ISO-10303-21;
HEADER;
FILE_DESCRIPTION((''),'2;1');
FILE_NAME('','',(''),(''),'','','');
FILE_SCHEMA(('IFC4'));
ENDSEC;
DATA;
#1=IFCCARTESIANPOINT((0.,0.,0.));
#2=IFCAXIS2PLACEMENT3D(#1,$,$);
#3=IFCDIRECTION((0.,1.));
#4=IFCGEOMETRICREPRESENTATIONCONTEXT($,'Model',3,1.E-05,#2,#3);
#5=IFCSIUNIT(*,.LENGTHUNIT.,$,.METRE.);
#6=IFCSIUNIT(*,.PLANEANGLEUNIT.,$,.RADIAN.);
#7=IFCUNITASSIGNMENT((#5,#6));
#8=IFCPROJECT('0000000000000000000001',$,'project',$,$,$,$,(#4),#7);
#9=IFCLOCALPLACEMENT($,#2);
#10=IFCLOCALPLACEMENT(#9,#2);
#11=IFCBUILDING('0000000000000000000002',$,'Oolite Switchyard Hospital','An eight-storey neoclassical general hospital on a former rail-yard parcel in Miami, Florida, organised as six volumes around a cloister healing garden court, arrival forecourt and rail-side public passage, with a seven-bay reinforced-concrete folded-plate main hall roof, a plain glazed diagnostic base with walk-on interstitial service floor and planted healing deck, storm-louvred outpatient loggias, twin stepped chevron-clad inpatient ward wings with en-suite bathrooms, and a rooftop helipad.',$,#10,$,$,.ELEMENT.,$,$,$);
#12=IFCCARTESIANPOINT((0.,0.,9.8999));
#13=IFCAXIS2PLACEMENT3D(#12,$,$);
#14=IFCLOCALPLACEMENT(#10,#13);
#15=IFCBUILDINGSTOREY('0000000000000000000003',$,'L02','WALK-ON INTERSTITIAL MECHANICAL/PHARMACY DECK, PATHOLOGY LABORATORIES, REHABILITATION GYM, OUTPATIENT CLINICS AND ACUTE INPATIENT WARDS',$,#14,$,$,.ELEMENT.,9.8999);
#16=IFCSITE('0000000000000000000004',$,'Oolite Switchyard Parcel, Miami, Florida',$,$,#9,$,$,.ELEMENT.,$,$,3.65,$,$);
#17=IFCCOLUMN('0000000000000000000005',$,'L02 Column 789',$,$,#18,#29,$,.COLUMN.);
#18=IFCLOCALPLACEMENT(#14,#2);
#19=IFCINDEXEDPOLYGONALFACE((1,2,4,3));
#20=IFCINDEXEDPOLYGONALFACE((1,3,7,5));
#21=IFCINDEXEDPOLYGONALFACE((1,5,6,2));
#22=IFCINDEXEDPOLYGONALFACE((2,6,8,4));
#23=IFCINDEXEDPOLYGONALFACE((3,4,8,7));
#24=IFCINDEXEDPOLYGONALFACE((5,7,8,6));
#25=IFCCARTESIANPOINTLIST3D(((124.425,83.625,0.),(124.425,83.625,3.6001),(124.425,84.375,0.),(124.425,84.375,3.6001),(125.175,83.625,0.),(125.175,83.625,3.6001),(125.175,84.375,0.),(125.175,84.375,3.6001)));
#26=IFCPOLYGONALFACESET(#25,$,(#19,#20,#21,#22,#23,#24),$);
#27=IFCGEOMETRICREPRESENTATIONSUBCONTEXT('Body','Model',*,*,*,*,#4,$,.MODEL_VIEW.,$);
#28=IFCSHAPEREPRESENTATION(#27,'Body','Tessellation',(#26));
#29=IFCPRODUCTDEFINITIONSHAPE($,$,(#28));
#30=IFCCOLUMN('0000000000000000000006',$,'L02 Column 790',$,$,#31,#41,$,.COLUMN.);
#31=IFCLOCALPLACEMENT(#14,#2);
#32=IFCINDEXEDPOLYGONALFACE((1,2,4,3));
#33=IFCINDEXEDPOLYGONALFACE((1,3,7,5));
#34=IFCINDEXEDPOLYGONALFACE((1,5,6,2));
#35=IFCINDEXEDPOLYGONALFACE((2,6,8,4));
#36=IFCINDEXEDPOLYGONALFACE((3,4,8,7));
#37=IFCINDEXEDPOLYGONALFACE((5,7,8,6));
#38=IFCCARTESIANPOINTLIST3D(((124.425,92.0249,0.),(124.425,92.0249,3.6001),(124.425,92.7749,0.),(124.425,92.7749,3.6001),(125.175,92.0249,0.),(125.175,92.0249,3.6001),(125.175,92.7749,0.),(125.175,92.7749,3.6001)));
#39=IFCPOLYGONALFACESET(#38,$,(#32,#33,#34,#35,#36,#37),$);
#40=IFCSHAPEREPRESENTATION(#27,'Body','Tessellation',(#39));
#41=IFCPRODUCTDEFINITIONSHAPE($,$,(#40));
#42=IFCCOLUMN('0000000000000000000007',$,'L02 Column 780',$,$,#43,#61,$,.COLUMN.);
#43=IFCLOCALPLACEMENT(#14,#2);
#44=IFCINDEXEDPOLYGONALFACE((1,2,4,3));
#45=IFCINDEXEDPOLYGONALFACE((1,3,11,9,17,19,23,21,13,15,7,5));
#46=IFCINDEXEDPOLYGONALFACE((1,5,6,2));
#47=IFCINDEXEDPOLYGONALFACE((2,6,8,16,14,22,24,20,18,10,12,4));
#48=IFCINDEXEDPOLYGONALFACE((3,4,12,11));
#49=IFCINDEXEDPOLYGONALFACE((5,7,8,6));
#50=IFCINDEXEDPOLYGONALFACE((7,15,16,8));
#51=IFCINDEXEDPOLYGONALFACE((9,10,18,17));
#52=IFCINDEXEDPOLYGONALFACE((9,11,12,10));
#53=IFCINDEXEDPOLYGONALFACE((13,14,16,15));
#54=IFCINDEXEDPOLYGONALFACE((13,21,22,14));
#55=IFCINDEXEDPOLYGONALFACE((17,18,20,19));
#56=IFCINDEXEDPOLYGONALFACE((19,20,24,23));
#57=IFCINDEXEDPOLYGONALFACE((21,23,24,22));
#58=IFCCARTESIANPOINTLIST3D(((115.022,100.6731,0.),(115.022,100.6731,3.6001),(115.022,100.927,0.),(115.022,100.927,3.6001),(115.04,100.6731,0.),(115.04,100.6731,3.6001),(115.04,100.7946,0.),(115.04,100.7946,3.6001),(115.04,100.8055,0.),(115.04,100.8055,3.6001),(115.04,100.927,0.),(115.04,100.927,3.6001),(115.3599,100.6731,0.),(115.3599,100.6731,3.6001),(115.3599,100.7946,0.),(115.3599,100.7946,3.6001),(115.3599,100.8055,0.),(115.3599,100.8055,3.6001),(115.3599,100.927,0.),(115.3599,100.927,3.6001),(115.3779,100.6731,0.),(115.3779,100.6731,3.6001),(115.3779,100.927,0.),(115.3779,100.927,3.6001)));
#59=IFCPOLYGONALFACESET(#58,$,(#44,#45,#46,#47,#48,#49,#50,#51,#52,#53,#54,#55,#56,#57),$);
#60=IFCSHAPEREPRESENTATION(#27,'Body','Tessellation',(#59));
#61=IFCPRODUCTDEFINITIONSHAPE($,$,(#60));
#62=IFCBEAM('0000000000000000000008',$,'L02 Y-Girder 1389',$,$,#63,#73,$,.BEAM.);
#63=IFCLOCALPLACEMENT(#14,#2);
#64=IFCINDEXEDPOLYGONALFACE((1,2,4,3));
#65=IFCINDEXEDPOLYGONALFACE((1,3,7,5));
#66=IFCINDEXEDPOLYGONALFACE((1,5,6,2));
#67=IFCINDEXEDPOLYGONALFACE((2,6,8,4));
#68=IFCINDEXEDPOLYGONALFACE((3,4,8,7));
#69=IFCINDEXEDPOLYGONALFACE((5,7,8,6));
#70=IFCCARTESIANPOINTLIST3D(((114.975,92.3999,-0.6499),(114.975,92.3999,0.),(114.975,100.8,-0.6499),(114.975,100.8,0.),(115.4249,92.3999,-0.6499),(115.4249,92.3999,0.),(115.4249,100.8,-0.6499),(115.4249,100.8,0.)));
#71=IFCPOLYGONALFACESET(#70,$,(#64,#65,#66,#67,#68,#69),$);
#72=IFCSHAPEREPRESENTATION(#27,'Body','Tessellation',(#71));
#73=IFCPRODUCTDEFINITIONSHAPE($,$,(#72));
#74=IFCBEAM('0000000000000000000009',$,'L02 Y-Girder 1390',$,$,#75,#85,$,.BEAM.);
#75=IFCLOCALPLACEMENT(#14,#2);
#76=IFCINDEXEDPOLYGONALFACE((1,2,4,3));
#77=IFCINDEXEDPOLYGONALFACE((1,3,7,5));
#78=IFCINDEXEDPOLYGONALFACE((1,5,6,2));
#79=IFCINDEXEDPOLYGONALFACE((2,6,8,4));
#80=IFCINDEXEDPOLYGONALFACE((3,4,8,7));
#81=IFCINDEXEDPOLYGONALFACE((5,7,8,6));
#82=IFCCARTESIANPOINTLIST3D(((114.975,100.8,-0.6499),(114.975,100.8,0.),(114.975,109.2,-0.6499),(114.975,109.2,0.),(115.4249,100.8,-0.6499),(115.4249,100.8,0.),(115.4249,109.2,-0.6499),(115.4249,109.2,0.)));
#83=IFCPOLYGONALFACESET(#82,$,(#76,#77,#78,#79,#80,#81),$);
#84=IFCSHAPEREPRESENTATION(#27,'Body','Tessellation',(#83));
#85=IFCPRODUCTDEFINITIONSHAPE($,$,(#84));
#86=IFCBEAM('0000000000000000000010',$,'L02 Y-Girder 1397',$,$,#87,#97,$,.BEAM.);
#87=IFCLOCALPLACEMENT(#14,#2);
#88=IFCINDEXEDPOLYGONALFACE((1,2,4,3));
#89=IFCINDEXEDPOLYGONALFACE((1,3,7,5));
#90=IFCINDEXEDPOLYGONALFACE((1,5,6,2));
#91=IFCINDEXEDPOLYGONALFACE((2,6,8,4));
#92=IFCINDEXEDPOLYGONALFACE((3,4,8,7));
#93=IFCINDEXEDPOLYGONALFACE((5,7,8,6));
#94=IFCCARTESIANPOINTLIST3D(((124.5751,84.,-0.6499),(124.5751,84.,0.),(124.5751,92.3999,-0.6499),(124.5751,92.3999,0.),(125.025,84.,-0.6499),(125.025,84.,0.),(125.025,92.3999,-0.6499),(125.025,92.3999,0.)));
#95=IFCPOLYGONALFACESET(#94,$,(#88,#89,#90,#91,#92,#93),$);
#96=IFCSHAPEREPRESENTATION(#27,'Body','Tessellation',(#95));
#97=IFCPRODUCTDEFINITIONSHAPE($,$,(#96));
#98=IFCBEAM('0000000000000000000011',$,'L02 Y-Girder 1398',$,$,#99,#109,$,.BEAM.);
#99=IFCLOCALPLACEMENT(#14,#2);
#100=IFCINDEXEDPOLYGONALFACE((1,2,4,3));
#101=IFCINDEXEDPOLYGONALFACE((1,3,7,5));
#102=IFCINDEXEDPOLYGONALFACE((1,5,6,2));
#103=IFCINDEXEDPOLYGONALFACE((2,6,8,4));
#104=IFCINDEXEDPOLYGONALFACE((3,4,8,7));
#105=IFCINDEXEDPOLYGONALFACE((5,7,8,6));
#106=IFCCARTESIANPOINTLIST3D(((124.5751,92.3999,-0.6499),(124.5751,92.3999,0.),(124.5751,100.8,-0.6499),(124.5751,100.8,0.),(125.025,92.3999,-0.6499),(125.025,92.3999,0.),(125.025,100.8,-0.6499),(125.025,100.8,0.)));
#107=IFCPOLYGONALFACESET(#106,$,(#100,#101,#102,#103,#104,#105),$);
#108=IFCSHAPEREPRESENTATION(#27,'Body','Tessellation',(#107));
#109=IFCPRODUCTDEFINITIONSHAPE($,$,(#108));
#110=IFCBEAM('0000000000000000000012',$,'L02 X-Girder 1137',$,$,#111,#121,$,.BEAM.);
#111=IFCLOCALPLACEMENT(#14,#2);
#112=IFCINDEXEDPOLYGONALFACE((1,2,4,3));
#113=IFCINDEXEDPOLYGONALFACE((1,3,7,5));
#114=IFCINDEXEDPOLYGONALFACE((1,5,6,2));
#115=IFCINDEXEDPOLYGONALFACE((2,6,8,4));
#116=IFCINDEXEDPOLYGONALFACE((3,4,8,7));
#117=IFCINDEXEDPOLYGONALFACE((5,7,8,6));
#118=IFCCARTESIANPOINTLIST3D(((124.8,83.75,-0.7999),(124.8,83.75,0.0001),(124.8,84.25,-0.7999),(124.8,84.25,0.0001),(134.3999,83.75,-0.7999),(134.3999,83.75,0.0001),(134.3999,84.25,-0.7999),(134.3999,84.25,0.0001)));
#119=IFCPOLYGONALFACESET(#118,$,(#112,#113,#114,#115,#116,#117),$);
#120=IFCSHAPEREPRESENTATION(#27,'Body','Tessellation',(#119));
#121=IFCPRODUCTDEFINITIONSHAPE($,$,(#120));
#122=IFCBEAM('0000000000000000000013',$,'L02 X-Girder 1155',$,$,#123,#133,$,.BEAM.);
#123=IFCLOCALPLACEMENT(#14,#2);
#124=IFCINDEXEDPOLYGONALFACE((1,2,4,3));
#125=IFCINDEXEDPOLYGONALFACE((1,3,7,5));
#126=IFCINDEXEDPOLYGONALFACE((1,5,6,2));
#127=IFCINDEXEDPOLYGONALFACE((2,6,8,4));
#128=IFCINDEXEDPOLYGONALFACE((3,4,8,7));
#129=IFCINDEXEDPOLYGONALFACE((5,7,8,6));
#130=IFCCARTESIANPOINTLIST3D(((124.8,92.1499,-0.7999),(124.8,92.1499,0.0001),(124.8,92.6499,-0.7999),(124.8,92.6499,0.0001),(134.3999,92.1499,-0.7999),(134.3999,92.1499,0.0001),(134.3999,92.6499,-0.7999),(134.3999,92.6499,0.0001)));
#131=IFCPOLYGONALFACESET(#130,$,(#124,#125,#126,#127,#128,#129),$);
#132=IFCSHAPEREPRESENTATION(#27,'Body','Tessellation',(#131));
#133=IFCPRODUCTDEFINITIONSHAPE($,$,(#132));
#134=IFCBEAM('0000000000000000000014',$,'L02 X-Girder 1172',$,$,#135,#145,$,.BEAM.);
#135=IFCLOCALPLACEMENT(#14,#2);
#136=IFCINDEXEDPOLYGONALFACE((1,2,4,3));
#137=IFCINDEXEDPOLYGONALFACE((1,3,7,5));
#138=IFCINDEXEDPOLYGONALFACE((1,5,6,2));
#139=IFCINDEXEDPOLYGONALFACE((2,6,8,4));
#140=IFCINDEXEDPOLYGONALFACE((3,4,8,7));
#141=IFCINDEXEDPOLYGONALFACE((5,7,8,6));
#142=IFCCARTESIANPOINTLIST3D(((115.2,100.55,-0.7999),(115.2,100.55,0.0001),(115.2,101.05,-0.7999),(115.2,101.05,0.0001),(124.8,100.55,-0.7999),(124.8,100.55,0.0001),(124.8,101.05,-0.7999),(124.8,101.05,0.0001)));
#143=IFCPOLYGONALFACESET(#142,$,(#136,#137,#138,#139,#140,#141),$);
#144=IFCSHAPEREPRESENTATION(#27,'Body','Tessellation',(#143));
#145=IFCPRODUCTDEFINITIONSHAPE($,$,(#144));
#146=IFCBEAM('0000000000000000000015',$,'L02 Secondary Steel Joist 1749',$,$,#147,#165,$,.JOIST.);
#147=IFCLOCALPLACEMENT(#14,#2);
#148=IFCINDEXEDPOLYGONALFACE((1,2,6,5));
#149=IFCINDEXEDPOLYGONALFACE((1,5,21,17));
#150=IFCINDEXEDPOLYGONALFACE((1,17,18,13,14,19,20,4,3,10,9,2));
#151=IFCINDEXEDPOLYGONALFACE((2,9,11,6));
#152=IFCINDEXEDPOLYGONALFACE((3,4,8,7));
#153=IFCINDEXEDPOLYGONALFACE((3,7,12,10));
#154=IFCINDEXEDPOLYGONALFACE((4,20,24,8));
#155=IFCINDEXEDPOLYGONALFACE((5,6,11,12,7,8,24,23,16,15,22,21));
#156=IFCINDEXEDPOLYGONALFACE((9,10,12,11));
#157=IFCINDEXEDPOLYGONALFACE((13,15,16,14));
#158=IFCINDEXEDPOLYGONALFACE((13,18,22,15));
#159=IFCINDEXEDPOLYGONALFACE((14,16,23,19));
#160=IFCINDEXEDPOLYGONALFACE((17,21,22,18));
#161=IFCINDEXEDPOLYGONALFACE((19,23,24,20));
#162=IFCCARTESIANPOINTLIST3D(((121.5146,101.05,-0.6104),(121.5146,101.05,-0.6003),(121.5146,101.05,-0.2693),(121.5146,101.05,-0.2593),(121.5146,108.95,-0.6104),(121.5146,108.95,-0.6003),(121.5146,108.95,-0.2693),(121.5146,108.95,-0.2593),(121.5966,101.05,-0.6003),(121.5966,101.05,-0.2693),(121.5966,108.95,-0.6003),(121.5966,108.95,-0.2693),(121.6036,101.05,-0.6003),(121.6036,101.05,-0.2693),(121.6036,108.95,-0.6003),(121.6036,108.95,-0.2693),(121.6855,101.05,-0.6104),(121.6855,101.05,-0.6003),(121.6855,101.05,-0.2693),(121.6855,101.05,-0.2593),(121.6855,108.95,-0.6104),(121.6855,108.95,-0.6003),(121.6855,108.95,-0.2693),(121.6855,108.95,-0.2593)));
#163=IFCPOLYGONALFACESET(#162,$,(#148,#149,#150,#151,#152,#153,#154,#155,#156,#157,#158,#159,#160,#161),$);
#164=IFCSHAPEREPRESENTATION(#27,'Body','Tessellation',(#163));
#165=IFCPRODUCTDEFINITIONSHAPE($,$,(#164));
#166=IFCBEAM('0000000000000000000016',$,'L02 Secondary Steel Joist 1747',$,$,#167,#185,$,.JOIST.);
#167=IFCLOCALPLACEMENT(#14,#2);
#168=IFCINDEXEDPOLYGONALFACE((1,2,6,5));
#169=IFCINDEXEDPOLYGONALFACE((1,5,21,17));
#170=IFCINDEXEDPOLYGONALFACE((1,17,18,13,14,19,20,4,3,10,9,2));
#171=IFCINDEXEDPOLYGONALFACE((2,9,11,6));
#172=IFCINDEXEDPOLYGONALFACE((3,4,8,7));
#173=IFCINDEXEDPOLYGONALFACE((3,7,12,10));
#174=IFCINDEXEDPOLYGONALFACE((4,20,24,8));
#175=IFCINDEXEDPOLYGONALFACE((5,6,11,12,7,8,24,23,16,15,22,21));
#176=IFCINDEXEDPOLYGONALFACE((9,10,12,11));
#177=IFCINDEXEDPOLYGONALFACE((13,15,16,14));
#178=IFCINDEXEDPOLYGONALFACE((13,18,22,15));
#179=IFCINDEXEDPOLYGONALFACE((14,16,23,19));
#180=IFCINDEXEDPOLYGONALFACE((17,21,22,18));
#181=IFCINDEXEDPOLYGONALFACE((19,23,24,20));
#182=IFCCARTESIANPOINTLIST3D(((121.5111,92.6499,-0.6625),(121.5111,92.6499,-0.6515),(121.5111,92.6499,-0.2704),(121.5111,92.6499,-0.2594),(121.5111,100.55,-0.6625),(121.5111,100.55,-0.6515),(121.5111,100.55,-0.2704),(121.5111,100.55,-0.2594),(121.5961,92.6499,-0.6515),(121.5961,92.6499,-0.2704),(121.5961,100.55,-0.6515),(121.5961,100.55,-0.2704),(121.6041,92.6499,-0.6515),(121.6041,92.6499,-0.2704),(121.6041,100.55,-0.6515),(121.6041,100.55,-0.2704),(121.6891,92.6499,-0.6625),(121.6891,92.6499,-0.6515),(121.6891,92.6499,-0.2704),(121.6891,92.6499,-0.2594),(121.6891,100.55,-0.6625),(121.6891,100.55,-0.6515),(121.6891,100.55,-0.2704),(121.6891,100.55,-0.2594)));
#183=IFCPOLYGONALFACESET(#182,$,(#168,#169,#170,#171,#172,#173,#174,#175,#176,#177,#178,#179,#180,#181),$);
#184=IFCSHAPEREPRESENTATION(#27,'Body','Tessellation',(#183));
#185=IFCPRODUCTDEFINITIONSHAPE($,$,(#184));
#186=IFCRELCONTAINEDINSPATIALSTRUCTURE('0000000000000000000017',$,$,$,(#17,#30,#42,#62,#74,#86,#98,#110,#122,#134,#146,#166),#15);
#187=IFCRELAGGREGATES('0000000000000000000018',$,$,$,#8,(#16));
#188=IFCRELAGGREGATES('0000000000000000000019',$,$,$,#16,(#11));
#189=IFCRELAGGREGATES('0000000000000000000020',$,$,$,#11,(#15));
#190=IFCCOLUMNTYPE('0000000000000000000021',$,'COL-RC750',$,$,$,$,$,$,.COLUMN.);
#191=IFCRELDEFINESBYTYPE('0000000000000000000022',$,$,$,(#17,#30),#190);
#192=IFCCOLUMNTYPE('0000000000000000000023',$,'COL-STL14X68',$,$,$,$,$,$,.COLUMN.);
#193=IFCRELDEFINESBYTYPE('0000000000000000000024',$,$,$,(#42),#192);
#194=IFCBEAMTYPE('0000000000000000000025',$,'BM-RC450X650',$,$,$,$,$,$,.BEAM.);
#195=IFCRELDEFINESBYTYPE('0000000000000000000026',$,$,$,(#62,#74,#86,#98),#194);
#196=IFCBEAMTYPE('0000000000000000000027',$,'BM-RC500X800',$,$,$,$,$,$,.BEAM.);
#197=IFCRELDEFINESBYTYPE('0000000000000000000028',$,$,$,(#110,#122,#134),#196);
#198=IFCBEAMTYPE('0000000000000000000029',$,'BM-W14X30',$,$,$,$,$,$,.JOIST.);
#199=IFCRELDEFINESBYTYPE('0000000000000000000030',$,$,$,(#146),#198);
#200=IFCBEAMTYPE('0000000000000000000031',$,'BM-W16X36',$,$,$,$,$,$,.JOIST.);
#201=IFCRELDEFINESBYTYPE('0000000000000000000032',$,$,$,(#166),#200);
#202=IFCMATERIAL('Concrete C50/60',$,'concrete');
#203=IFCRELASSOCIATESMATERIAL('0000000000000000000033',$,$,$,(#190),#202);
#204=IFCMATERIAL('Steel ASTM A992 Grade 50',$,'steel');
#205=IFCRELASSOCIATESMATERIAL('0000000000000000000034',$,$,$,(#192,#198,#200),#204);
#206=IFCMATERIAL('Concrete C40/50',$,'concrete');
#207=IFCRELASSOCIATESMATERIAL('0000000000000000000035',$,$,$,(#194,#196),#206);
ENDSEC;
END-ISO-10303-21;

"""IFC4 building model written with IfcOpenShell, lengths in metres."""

from ifc_helpers import new_model, si_unit, direction, frame, origin, origin_2d, place, context, subcontext, project, spatial, rectangle, i_section, extrude, material, material_profile, profile_set, type_object, element, save


model = new_model("IFC4")

# Units and contexts
model_context = context("Model", 3, precision=1e-05, world=origin(), true_north=direction((0.0, 1.0)))
body_context = subcontext(model_context, "Body", "Model", "MODEL_VIEW")
ifc_project = project(units=[si_unit("LENGTHUNIT", "METRE"), si_unit("PLANEANGLEUNIT", "RADIAN")], contexts=[model_context])

# Site, building, storey
site_placement = place(None, origin())
site = spatial("IfcSite", under=ifc_project, at=site_placement, Name="Oolite Switchyard Parcel, Miami, Florida", CompositionType="ELEMENT", RefElevation=3.65)
building_placement = place(site_placement, origin())
building = spatial("IfcBuilding", under=site, at=building_placement, Name="Oolite Switchyard Hospital", Description="An eight-storey neoclassical general hospital on a former rail-yard parcel in Miami, Florida, organised as six volumes around a cloister healing garden court, arrival forecourt and rail-side public passage, with a seven-bay reinforced-concrete folded-plate main hall roof, a plain glazed diagnostic base with walk-on interstitial service floor and planted healing deck, storm-louvred outpatient loggias, twin stepped chevron-clad inpatient ward wings with en-suite bathrooms, and a rooftop helipad.", CompositionType="ELEMENT")
storey_placement = place(building_placement, frame((0.0, 0.0, 9.8999)))
storey = spatial("IfcBuildingStorey", under=building, at=storey_placement, Name="L02", Description="WALK-ON INTERSTITIAL MECHANICAL/PHARMACY DECK, PATHOLOGY LABORATORIES, REHABILITATION GYM, OUTPATIENT CLINICS AND ACUTE INPATIENT WARDS", CompositionType="ELEMENT", Elevation=9.8999)

# Columns
ifc_material_1 = material(Name="Concrete C50/60", Category="concrete")
ifc_material_profile_1 = material_profile(ifc_material_1, rectangle(XDim=0.75, YDim=0.75, at=origin_2d()), Name="RC750X750")
ifc_profile_set_1 = profile_set([ifc_material_profile_1], Name="Concrete C50/60")
column_type_1 = type_object("IfcColumnType", Name="COL-RC750", PredefinedType="COLUMN", material=ifc_profile_set_1)
for number, where, z_axis, x_axis, name in (
    (1, (124.8, 84.0, 0.0), (0.0, 0.0, 1.0), (1.0, 0.0, 0.0), "L02 Column 789"),
    (2, (124.8, 92.3999, 0.0), (0.0, 0.0, 1.0), (1.0, 0.0, 0.0), "L02 Column 790"),
):
    element("IfcColumn", number, at=place(storey_placement, frame(where, z_axis=z_axis, x_axis=x_axis)), inside=storey, type_object=column_type_1, Name=name, PredefinedType="COLUMN", context=body_context, shape_type="SweptSolid", body=[
        extrude(rectangle(XDim=0.75, YDim=0.75, at=origin_2d()), origin(), (0.0, 0.0, 1.0), 3.6001),
    ])
ifc_material_2 = material(Name="Steel ASTM A992 Grade 50", Category="steel")
ifc_material_profile_2 = material_profile(ifc_material_2, i_section(OverallWidth=0.2539, OverallDepth=0.356, WebThickness=0.011, FlangeThickness=0.0181, at=origin_2d()), Name="W14X68")
ifc_profile_set_2 = profile_set([ifc_material_profile_2], Name="Steel ASTM A992 Grade 50")
column_type_2 = type_object("IfcColumnType", Name="COL-STL14X68", PredefinedType="COLUMN", material=ifc_profile_set_2)
column_placement = place(storey_placement, frame((115.2, 100.8, 0.0), z_axis=(0.0, 0.0, 1.0), x_axis=(0.0, -1.0, 0.0)))
element("IfcColumn", 3, at=column_placement, inside=storey, type_object=column_type_2, Name="L02 Column 780", PredefinedType="COLUMN", context=body_context, shape_type="SweptSolid", body=[
    extrude(i_section(OverallWidth=0.2539, OverallDepth=0.356, WebThickness=0.011, FlangeThickness=0.0181, at=origin_2d()), origin(), (0.0, 0.0, 1.0), 3.6001),
])

# Beams
ifc_material_3 = material(Name="Concrete C40/50", Category="concrete")
ifc_material_profile_3 = material_profile(ifc_material_3, rectangle(XDim=0.45, YDim=0.6499, at=origin_2d()), Name="RCB450X650")
ifc_profile_set_3 = profile_set([ifc_material_profile_3], Name="Concrete C40/50")
beam_type_1 = type_object("IfcBeamType", Name="BM-RC450X650", PredefinedType="BEAM", material=ifc_profile_set_3)
beam_1_placement = place(storey_placement, frame((115.2, 92.3999, -0.325), z_axis=(0.0, 1.0, 0.0), x_axis=(-1.0, 0.0, 0.0)))
element("IfcBeam", 4, at=beam_1_placement, inside=storey, type_object=beam_type_1, Name="L02 Y-Girder 1389", PredefinedType="BEAM", context=body_context, shape_type="SweptSolid", body=[
    extrude(rectangle(XDim=0.45, YDim=0.6499, at=origin_2d()), origin(), (0.0, 0.0, 1.0), 8.4001),
])
for number, where, z_axis, x_axis, name in (
    (5, (115.2, 100.8, -0.325), (0.0, 1.0, 0.0), (-1.0, 0.0, 0.0), "L02 Y-Girder 1390"),
    (6, (124.8, 84.0, -0.325), (0.0, 1.0, 0.0), (-1.0, 0.0, 0.0), "L02 Y-Girder 1397"),
):
    element("IfcBeam", number, at=place(storey_placement, frame(where, z_axis=z_axis, x_axis=x_axis)), inside=storey, type_object=beam_type_1, Name=name, PredefinedType="BEAM", context=body_context, shape_type="SweptSolid", body=[
        extrude(rectangle(XDim=0.45, YDim=0.6499, at=origin_2d()), origin(), (0.0, 0.0, 1.0), 8.3999),
    ])
beam_2_placement = place(storey_placement, frame((124.8, 92.3999, -0.325), z_axis=(0.0, 1.0, 0.0), x_axis=(-1.0, 0.0, 0.0)))
element("IfcBeam", 7, at=beam_2_placement, inside=storey, type_object=beam_type_1, Name="L02 Y-Girder 1398", PredefinedType="BEAM", context=body_context, shape_type="SweptSolid", body=[
    extrude(rectangle(XDim=0.45, YDim=0.6499, at=origin_2d()), origin(), (0.0, 0.0, 1.0), 8.4001),
])
ifc_material_profile_4 = material_profile(ifc_material_3, rectangle(XDim=0.5, YDim=0.8, at=origin_2d()), Name="RCB500X800")
ifc_profile_set_4 = profile_set([ifc_material_profile_4], Name="Concrete C40/50")
beam_type_2 = type_object("IfcBeamType", Name="BM-RC500X800", PredefinedType="BEAM", material=ifc_profile_set_4)
for number, where, z_axis, x_axis, name in (
    (8, (124.8, 84.0, -0.3999), (1.0, 0.0, 0.0), (0.0, 1.0, 0.0), "L02 X-Girder 1137"),
    (9, (124.8, 92.3999, -0.3999), (1.0, 0.0, 0.0), (0.0, 1.0, 0.0), "L02 X-Girder 1155"),
):
    element("IfcBeam", number, at=place(storey_placement, frame(where, z_axis=z_axis, x_axis=x_axis)), inside=storey, type_object=beam_type_2, Name=name, PredefinedType="BEAM", context=body_context, shape_type="SweptSolid", body=[
        extrude(rectangle(XDim=0.5, YDim=0.8, at=origin_2d()), origin(), (0.0, 0.0, 1.0), 9.5999),
    ])
beam_3_placement = place(storey_placement, frame((115.2, 100.8, -0.3999), z_axis=(1.0, 0.0, 0.0), x_axis=(0.0, 1.0, 0.0)))
element("IfcBeam", 10, at=beam_3_placement, inside=storey, type_object=beam_type_2, Name="L02 X-Girder 1172", PredefinedType="BEAM", context=body_context, shape_type="SweptSolid", body=[
    extrude(rectangle(XDim=0.5, YDim=0.8, at=origin_2d()), origin(), (0.0, 0.0, 1.0), 9.6001),
])
ifc_material_profile_5 = material_profile(ifc_material_2, i_section(OverallWidth=0.1709, OverallDepth=0.3511, WebThickness=0.0071, FlangeThickness=0.01, at=origin_2d()), Name="W14X30")
ifc_profile_set_5 = profile_set([ifc_material_profile_5], Name="Steel ASTM A992 Grade 50")
beam_type_3 = type_object("IfcBeamType", Name="BM-W14X30", PredefinedType="JOIST", material=ifc_profile_set_5)
beam_4_placement = place(storey_placement, frame((121.6001, 101.05, -0.4348), z_axis=(0.0, 1.0, 0.0), x_axis=(-1.0, 0.0, 0.0)))
element("IfcBeam", 11, at=beam_4_placement, inside=storey, type_object=beam_type_3, Name="L02 Secondary Steel Joist 1749", PredefinedType="JOIST", context=body_context, shape_type="SweptSolid", body=[
    extrude(i_section(OverallWidth=0.1709, OverallDepth=0.3511, WebThickness=0.0071, FlangeThickness=0.01, at=origin_2d()), origin(), (0.0, 0.0, 1.0), 7.8999),
])
ifc_material_profile_6 = material_profile(ifc_material_2, i_section(OverallWidth=0.178, OverallDepth=0.4031, WebThickness=0.0081, FlangeThickness=0.011, at=origin_2d()), Name="W16X36")
ifc_profile_set_6 = profile_set([ifc_material_profile_6], Name="Steel ASTM A992 Grade 50")
beam_type_4 = type_object("IfcBeamType", Name="BM-W16X36", PredefinedType="JOIST", material=ifc_profile_set_6)
beam_5_placement = place(storey_placement, frame((121.6001, 92.6499, -0.4609), z_axis=(0.0, 1.0, 0.0), x_axis=(-1.0, 0.0, 0.0)))
element("IfcBeam", 12, at=beam_5_placement, inside=storey, type_object=beam_type_4, Name="L02 Secondary Steel Joist 1747", PredefinedType="JOIST", context=body_context, shape_type="SweptSolid", body=[
    extrude(i_section(OverallWidth=0.178, OverallDepth=0.4031, WebThickness=0.0081, FlangeThickness=0.011, at=origin_2d()), origin(), (0.0, 0.0, 1.0), 7.9001),
])

save(model, "model.ifc")
